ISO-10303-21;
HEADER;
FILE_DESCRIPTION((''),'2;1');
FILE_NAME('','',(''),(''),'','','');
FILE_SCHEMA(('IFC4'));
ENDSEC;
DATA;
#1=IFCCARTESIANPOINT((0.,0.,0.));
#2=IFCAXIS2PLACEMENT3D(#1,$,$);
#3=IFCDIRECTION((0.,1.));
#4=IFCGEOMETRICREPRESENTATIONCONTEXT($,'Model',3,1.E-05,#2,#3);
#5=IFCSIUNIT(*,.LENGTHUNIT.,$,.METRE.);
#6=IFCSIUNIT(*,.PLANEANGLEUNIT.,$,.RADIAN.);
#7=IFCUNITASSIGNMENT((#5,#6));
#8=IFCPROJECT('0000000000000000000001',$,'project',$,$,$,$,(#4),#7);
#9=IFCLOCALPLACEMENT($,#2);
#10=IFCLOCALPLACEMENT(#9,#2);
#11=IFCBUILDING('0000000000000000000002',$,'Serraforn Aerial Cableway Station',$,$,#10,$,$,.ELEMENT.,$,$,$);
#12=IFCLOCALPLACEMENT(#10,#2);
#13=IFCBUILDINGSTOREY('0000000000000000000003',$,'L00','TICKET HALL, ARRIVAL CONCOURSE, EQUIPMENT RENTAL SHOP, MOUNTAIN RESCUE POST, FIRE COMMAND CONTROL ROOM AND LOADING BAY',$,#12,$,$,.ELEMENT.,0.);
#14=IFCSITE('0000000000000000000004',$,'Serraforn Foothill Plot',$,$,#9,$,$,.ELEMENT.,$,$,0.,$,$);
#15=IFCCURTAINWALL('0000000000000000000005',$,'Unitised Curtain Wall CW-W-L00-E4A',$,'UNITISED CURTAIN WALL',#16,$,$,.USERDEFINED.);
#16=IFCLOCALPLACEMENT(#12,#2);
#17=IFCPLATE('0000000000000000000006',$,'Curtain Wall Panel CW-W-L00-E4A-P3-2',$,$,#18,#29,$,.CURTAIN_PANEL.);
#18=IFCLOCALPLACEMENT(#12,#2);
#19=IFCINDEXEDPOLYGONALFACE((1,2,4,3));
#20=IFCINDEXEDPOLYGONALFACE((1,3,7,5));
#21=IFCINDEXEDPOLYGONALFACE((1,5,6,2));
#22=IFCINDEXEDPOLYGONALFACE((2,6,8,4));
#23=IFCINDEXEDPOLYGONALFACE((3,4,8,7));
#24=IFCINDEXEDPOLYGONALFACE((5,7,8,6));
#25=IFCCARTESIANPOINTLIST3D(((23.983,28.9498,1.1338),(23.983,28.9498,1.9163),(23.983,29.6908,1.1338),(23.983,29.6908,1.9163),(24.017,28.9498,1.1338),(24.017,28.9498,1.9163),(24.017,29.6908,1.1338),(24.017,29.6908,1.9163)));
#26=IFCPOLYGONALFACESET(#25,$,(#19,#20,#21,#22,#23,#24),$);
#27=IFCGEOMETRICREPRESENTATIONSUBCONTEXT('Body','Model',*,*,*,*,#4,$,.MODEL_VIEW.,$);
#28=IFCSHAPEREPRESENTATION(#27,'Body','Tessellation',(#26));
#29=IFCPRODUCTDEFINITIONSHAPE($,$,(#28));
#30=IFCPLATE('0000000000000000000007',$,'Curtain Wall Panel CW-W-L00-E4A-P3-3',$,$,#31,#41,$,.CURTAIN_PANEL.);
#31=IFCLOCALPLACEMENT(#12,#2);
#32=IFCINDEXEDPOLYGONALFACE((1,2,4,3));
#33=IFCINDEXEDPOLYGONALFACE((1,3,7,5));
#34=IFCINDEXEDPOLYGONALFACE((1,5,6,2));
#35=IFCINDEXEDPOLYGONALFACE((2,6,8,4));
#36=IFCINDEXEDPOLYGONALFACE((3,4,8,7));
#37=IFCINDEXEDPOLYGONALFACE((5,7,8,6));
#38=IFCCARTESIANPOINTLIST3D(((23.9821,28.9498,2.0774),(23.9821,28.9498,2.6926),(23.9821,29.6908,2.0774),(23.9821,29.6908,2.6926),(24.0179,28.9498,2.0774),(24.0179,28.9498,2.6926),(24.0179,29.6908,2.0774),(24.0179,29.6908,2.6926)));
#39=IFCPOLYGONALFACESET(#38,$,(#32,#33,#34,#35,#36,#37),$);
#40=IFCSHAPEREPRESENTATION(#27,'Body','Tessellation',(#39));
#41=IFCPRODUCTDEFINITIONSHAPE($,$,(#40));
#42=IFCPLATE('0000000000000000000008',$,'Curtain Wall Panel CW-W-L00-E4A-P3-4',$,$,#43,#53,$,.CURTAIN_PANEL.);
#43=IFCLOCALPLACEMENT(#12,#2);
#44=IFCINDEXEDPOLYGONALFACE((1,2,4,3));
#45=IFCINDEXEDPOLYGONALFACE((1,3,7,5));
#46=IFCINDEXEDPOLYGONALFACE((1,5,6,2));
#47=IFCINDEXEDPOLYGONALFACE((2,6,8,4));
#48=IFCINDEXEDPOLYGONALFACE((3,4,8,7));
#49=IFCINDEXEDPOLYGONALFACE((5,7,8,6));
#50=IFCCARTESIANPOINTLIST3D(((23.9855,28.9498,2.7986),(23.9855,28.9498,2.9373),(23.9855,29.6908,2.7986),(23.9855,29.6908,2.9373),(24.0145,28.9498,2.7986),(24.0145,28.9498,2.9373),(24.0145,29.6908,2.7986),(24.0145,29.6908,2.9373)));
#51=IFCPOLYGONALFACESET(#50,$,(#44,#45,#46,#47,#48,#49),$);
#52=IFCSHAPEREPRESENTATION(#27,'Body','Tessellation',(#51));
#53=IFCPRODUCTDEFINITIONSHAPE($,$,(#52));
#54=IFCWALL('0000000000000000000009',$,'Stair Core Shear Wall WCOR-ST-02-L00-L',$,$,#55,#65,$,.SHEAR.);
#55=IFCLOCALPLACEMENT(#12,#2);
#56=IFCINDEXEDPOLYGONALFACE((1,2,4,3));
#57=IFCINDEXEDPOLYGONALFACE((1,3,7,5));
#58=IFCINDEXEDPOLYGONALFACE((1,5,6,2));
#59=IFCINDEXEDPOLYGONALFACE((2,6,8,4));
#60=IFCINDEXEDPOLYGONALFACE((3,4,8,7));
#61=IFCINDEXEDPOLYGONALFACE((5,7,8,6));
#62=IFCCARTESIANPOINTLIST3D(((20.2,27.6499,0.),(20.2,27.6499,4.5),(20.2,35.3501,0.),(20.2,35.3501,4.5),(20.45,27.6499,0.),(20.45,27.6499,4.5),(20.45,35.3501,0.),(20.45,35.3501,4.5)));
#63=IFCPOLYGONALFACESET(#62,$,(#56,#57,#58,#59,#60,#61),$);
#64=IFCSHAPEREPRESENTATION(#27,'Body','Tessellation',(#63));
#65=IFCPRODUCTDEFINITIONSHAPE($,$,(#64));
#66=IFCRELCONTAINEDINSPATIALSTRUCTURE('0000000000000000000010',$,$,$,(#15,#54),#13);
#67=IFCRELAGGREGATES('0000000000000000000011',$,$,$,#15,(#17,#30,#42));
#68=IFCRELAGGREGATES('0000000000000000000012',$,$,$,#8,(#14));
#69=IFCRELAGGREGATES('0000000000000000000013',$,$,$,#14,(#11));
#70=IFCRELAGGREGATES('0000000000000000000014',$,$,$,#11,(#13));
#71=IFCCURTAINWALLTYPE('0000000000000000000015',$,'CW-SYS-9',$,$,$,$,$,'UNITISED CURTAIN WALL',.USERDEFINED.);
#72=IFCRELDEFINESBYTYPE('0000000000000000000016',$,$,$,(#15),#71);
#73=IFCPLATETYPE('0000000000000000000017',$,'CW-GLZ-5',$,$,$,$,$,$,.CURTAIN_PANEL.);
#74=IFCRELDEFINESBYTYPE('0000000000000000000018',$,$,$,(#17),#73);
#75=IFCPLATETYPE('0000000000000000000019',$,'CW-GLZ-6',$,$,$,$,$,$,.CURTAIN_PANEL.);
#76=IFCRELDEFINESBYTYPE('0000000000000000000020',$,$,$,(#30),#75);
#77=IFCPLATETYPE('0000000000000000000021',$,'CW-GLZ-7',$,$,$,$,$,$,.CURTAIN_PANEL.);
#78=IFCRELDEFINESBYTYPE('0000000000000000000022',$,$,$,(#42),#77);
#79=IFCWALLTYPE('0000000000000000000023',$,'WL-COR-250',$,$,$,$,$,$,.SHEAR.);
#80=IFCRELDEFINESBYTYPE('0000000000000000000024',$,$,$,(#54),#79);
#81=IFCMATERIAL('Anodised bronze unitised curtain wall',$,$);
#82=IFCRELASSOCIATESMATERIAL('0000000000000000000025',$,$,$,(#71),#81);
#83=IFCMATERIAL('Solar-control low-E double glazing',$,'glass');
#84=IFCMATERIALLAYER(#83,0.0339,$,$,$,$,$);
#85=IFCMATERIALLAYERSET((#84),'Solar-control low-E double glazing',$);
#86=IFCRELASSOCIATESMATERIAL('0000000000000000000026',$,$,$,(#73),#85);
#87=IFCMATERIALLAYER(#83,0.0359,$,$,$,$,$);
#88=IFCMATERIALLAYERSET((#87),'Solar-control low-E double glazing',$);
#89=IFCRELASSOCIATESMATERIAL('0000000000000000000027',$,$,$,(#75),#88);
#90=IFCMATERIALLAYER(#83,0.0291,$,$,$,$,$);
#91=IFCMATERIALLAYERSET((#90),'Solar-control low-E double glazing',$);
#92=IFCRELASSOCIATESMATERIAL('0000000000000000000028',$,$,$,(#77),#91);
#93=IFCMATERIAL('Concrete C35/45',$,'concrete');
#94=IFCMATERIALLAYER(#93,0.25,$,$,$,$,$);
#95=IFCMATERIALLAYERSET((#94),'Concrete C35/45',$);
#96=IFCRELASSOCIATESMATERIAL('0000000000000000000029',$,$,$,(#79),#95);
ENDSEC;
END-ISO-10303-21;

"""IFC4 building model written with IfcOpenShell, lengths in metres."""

from ifc_helpers import new_model, si_unit, direction, frame, frame_2d, origin, origin_2d, place, context, subcontext, project, spatial, rectangle, extrude, material, layer, layer_set, type_object, element, aggregate, save


model = new_model("IFC4")

# Units and contexts
model_context = context("Model", 3, precision=1e-05, world=origin(), true_north=direction((0.0, 1.0)))
body_context = subcontext(model_context, "Body", "Model", "MODEL_VIEW")
ifc_project = project(units=[si_unit("LENGTHUNIT", "METRE"), si_unit("PLANEANGLEUNIT", "RADIAN")], contexts=[model_context])

# Site, building, storey
site_placement = place(None, origin())
site = spatial("IfcSite", under=ifc_project, at=site_placement, Name="Serraforn Foothill Plot", CompositionType="ELEMENT", RefElevation=0.0)
building_placement = place(site_placement, origin())
building = spatial("IfcBuilding", under=site, at=building_placement, Name="Serraforn Aerial Cableway Station", CompositionType="ELEMENT")
storey_placement = place(building_placement, origin())
storey = spatial("IfcBuildingStorey", under=building, at=storey_placement, Name="L00", Description="TICKET HALL, ARRIVAL CONCOURSE, EQUIPMENT RENTAL SHOP, MOUNTAIN RESCUE POST, FIRE COMMAND CONTROL ROOM AND LOADING BAY", CompositionType="ELEMENT", Elevation=0.0)

# Shared definitions
ifc_material_1 = material(Name="Concrete C35/45", Category="concrete")

# Curtain wall, plates
ifc_material_2 = material(Name="Anodised bronze unitised curtain wall")
curtain_wall_type = type_object("IfcCurtainWallType", Name="CW-SYS-9", ElementType="UNITISED CURTAIN WALL", PredefinedType="USERDEFINED", material=ifc_material_2)
curtain_wall_placement = place(storey_placement, origin())
curtain_wall = element("IfcCurtainWall", 1, at=curtain_wall_placement, inside=storey, type_object=curtain_wall_type, Name="Unitised Curtain Wall CW-W-L00-E4A", ObjectType="UNITISED CURTAIN WALL", PredefinedType="USERDEFINED")
ifc_material_3 = material(Name="Solar-control low-E double glazing", Category="glass")
ifc_layer_1 = layer(ifc_material_3, 0.0339)
ifc_layer_set_1 = layer_set([ifc_layer_1], Name="Solar-control low-E double glazing")
plate_type_1 = type_object("IfcPlateType", Name="CW-GLZ-5", PredefinedType="CURTAIN_PANEL", material=ifc_layer_set_1)
plate_1_placement = place(storey_placement, frame((24.0, 29.3203, 1.1338), z_axis=(0.0, 0.0, 1.0), x_axis=(1.0, 0.0, 0.0)))
plate_1 = element("IfcPlate", 2, at=plate_1_placement, type_object=plate_type_1, Name="Curtain Wall Panel CW-W-L00-E4A-P3-2", PredefinedType="CURTAIN_PANEL", context=body_context, shape_type="SweptSolid", body=[
    extrude(rectangle(XDim=0.0339, YDim=0.741, at=origin_2d()), origin(), (0.0, 0.0, 1.0), 0.7825),
])
ifc_layer_2 = layer(ifc_material_3, 0.0359)
ifc_layer_set_2 = layer_set([ifc_layer_2], Name="Solar-control low-E double glazing")
plate_type_2 = type_object("IfcPlateType", Name="CW-GLZ-6", PredefinedType="CURTAIN_PANEL", material=ifc_layer_set_2)
plate_2_placement = place(storey_placement, frame((24.0, 29.3203, 2.0774), z_axis=(0.0, 0.0, 1.0), x_axis=(1.0, 0.0, 0.0)))
plate_2 = element("IfcPlate", 3, at=plate_2_placement, type_object=plate_type_2, Name="Curtain Wall Panel CW-W-L00-E4A-P3-3", PredefinedType="CURTAIN_PANEL", context=body_context, shape_type="SweptSolid", body=[
    extrude(rectangle(XDim=0.0359, YDim=0.741, at=origin_2d()), origin(), (0.0, 0.0, 1.0), 0.6152),
])
ifc_layer_3 = layer(ifc_material_3, 0.0291)
ifc_layer_set_3 = layer_set([ifc_layer_3], Name="Solar-control low-E double glazing")
plate_type_3 = type_object("IfcPlateType", Name="CW-GLZ-7", PredefinedType="CURTAIN_PANEL", material=ifc_layer_set_3)
plate_3_placement = place(storey_placement, frame((24.0, 29.3203, 2.7986), z_axis=(0.0, 0.0, 1.0), x_axis=(1.0, 0.0, 0.0)))
plate_3 = element("IfcPlate", 4, at=plate_3_placement, type_object=plate_type_3, Name="Curtain Wall Panel CW-W-L00-E4A-P3-4", PredefinedType="CURTAIN_PANEL", context=body_context, shape_type="SweptSolid", body=[
    extrude(rectangle(XDim=0.0291, YDim=0.741, at=origin_2d()), origin(), (0.0, 0.0, 1.0), 0.1387),
])
aggregate(curtain_wall, [plate_1, plate_2, plate_3])

# Wall
ifc_layer_4 = layer(ifc_material_1, 0.25)
ifc_layer_set_4 = layer_set([ifc_layer_4], Name="Concrete C35/45")
wall_type = type_object("IfcWallType", Name="WL-COR-250", PredefinedType="SHEAR", material=ifc_layer_set_4)
wall_placement = place(storey_placement, frame((20.325, 27.6499, 0.0), z_axis=(0.0, 0.0, 1.0), x_axis=(0.0, 1.0, 0.0)))
element("IfcWall", 5, at=wall_placement, inside=storey, type_object=wall_type, Name="Stair Core Shear Wall WCOR-ST-02-L00-L", PredefinedType="SHEAR", context=body_context, shape_type="SweptSolid", body=[
    extrude(rectangle(XDim=7.7002, YDim=0.25, at=frame_2d((3.8501, 0.0))), origin(), (0.0, 0.0, 1.0), 4.5),
])

save(model, "model.ifc")
